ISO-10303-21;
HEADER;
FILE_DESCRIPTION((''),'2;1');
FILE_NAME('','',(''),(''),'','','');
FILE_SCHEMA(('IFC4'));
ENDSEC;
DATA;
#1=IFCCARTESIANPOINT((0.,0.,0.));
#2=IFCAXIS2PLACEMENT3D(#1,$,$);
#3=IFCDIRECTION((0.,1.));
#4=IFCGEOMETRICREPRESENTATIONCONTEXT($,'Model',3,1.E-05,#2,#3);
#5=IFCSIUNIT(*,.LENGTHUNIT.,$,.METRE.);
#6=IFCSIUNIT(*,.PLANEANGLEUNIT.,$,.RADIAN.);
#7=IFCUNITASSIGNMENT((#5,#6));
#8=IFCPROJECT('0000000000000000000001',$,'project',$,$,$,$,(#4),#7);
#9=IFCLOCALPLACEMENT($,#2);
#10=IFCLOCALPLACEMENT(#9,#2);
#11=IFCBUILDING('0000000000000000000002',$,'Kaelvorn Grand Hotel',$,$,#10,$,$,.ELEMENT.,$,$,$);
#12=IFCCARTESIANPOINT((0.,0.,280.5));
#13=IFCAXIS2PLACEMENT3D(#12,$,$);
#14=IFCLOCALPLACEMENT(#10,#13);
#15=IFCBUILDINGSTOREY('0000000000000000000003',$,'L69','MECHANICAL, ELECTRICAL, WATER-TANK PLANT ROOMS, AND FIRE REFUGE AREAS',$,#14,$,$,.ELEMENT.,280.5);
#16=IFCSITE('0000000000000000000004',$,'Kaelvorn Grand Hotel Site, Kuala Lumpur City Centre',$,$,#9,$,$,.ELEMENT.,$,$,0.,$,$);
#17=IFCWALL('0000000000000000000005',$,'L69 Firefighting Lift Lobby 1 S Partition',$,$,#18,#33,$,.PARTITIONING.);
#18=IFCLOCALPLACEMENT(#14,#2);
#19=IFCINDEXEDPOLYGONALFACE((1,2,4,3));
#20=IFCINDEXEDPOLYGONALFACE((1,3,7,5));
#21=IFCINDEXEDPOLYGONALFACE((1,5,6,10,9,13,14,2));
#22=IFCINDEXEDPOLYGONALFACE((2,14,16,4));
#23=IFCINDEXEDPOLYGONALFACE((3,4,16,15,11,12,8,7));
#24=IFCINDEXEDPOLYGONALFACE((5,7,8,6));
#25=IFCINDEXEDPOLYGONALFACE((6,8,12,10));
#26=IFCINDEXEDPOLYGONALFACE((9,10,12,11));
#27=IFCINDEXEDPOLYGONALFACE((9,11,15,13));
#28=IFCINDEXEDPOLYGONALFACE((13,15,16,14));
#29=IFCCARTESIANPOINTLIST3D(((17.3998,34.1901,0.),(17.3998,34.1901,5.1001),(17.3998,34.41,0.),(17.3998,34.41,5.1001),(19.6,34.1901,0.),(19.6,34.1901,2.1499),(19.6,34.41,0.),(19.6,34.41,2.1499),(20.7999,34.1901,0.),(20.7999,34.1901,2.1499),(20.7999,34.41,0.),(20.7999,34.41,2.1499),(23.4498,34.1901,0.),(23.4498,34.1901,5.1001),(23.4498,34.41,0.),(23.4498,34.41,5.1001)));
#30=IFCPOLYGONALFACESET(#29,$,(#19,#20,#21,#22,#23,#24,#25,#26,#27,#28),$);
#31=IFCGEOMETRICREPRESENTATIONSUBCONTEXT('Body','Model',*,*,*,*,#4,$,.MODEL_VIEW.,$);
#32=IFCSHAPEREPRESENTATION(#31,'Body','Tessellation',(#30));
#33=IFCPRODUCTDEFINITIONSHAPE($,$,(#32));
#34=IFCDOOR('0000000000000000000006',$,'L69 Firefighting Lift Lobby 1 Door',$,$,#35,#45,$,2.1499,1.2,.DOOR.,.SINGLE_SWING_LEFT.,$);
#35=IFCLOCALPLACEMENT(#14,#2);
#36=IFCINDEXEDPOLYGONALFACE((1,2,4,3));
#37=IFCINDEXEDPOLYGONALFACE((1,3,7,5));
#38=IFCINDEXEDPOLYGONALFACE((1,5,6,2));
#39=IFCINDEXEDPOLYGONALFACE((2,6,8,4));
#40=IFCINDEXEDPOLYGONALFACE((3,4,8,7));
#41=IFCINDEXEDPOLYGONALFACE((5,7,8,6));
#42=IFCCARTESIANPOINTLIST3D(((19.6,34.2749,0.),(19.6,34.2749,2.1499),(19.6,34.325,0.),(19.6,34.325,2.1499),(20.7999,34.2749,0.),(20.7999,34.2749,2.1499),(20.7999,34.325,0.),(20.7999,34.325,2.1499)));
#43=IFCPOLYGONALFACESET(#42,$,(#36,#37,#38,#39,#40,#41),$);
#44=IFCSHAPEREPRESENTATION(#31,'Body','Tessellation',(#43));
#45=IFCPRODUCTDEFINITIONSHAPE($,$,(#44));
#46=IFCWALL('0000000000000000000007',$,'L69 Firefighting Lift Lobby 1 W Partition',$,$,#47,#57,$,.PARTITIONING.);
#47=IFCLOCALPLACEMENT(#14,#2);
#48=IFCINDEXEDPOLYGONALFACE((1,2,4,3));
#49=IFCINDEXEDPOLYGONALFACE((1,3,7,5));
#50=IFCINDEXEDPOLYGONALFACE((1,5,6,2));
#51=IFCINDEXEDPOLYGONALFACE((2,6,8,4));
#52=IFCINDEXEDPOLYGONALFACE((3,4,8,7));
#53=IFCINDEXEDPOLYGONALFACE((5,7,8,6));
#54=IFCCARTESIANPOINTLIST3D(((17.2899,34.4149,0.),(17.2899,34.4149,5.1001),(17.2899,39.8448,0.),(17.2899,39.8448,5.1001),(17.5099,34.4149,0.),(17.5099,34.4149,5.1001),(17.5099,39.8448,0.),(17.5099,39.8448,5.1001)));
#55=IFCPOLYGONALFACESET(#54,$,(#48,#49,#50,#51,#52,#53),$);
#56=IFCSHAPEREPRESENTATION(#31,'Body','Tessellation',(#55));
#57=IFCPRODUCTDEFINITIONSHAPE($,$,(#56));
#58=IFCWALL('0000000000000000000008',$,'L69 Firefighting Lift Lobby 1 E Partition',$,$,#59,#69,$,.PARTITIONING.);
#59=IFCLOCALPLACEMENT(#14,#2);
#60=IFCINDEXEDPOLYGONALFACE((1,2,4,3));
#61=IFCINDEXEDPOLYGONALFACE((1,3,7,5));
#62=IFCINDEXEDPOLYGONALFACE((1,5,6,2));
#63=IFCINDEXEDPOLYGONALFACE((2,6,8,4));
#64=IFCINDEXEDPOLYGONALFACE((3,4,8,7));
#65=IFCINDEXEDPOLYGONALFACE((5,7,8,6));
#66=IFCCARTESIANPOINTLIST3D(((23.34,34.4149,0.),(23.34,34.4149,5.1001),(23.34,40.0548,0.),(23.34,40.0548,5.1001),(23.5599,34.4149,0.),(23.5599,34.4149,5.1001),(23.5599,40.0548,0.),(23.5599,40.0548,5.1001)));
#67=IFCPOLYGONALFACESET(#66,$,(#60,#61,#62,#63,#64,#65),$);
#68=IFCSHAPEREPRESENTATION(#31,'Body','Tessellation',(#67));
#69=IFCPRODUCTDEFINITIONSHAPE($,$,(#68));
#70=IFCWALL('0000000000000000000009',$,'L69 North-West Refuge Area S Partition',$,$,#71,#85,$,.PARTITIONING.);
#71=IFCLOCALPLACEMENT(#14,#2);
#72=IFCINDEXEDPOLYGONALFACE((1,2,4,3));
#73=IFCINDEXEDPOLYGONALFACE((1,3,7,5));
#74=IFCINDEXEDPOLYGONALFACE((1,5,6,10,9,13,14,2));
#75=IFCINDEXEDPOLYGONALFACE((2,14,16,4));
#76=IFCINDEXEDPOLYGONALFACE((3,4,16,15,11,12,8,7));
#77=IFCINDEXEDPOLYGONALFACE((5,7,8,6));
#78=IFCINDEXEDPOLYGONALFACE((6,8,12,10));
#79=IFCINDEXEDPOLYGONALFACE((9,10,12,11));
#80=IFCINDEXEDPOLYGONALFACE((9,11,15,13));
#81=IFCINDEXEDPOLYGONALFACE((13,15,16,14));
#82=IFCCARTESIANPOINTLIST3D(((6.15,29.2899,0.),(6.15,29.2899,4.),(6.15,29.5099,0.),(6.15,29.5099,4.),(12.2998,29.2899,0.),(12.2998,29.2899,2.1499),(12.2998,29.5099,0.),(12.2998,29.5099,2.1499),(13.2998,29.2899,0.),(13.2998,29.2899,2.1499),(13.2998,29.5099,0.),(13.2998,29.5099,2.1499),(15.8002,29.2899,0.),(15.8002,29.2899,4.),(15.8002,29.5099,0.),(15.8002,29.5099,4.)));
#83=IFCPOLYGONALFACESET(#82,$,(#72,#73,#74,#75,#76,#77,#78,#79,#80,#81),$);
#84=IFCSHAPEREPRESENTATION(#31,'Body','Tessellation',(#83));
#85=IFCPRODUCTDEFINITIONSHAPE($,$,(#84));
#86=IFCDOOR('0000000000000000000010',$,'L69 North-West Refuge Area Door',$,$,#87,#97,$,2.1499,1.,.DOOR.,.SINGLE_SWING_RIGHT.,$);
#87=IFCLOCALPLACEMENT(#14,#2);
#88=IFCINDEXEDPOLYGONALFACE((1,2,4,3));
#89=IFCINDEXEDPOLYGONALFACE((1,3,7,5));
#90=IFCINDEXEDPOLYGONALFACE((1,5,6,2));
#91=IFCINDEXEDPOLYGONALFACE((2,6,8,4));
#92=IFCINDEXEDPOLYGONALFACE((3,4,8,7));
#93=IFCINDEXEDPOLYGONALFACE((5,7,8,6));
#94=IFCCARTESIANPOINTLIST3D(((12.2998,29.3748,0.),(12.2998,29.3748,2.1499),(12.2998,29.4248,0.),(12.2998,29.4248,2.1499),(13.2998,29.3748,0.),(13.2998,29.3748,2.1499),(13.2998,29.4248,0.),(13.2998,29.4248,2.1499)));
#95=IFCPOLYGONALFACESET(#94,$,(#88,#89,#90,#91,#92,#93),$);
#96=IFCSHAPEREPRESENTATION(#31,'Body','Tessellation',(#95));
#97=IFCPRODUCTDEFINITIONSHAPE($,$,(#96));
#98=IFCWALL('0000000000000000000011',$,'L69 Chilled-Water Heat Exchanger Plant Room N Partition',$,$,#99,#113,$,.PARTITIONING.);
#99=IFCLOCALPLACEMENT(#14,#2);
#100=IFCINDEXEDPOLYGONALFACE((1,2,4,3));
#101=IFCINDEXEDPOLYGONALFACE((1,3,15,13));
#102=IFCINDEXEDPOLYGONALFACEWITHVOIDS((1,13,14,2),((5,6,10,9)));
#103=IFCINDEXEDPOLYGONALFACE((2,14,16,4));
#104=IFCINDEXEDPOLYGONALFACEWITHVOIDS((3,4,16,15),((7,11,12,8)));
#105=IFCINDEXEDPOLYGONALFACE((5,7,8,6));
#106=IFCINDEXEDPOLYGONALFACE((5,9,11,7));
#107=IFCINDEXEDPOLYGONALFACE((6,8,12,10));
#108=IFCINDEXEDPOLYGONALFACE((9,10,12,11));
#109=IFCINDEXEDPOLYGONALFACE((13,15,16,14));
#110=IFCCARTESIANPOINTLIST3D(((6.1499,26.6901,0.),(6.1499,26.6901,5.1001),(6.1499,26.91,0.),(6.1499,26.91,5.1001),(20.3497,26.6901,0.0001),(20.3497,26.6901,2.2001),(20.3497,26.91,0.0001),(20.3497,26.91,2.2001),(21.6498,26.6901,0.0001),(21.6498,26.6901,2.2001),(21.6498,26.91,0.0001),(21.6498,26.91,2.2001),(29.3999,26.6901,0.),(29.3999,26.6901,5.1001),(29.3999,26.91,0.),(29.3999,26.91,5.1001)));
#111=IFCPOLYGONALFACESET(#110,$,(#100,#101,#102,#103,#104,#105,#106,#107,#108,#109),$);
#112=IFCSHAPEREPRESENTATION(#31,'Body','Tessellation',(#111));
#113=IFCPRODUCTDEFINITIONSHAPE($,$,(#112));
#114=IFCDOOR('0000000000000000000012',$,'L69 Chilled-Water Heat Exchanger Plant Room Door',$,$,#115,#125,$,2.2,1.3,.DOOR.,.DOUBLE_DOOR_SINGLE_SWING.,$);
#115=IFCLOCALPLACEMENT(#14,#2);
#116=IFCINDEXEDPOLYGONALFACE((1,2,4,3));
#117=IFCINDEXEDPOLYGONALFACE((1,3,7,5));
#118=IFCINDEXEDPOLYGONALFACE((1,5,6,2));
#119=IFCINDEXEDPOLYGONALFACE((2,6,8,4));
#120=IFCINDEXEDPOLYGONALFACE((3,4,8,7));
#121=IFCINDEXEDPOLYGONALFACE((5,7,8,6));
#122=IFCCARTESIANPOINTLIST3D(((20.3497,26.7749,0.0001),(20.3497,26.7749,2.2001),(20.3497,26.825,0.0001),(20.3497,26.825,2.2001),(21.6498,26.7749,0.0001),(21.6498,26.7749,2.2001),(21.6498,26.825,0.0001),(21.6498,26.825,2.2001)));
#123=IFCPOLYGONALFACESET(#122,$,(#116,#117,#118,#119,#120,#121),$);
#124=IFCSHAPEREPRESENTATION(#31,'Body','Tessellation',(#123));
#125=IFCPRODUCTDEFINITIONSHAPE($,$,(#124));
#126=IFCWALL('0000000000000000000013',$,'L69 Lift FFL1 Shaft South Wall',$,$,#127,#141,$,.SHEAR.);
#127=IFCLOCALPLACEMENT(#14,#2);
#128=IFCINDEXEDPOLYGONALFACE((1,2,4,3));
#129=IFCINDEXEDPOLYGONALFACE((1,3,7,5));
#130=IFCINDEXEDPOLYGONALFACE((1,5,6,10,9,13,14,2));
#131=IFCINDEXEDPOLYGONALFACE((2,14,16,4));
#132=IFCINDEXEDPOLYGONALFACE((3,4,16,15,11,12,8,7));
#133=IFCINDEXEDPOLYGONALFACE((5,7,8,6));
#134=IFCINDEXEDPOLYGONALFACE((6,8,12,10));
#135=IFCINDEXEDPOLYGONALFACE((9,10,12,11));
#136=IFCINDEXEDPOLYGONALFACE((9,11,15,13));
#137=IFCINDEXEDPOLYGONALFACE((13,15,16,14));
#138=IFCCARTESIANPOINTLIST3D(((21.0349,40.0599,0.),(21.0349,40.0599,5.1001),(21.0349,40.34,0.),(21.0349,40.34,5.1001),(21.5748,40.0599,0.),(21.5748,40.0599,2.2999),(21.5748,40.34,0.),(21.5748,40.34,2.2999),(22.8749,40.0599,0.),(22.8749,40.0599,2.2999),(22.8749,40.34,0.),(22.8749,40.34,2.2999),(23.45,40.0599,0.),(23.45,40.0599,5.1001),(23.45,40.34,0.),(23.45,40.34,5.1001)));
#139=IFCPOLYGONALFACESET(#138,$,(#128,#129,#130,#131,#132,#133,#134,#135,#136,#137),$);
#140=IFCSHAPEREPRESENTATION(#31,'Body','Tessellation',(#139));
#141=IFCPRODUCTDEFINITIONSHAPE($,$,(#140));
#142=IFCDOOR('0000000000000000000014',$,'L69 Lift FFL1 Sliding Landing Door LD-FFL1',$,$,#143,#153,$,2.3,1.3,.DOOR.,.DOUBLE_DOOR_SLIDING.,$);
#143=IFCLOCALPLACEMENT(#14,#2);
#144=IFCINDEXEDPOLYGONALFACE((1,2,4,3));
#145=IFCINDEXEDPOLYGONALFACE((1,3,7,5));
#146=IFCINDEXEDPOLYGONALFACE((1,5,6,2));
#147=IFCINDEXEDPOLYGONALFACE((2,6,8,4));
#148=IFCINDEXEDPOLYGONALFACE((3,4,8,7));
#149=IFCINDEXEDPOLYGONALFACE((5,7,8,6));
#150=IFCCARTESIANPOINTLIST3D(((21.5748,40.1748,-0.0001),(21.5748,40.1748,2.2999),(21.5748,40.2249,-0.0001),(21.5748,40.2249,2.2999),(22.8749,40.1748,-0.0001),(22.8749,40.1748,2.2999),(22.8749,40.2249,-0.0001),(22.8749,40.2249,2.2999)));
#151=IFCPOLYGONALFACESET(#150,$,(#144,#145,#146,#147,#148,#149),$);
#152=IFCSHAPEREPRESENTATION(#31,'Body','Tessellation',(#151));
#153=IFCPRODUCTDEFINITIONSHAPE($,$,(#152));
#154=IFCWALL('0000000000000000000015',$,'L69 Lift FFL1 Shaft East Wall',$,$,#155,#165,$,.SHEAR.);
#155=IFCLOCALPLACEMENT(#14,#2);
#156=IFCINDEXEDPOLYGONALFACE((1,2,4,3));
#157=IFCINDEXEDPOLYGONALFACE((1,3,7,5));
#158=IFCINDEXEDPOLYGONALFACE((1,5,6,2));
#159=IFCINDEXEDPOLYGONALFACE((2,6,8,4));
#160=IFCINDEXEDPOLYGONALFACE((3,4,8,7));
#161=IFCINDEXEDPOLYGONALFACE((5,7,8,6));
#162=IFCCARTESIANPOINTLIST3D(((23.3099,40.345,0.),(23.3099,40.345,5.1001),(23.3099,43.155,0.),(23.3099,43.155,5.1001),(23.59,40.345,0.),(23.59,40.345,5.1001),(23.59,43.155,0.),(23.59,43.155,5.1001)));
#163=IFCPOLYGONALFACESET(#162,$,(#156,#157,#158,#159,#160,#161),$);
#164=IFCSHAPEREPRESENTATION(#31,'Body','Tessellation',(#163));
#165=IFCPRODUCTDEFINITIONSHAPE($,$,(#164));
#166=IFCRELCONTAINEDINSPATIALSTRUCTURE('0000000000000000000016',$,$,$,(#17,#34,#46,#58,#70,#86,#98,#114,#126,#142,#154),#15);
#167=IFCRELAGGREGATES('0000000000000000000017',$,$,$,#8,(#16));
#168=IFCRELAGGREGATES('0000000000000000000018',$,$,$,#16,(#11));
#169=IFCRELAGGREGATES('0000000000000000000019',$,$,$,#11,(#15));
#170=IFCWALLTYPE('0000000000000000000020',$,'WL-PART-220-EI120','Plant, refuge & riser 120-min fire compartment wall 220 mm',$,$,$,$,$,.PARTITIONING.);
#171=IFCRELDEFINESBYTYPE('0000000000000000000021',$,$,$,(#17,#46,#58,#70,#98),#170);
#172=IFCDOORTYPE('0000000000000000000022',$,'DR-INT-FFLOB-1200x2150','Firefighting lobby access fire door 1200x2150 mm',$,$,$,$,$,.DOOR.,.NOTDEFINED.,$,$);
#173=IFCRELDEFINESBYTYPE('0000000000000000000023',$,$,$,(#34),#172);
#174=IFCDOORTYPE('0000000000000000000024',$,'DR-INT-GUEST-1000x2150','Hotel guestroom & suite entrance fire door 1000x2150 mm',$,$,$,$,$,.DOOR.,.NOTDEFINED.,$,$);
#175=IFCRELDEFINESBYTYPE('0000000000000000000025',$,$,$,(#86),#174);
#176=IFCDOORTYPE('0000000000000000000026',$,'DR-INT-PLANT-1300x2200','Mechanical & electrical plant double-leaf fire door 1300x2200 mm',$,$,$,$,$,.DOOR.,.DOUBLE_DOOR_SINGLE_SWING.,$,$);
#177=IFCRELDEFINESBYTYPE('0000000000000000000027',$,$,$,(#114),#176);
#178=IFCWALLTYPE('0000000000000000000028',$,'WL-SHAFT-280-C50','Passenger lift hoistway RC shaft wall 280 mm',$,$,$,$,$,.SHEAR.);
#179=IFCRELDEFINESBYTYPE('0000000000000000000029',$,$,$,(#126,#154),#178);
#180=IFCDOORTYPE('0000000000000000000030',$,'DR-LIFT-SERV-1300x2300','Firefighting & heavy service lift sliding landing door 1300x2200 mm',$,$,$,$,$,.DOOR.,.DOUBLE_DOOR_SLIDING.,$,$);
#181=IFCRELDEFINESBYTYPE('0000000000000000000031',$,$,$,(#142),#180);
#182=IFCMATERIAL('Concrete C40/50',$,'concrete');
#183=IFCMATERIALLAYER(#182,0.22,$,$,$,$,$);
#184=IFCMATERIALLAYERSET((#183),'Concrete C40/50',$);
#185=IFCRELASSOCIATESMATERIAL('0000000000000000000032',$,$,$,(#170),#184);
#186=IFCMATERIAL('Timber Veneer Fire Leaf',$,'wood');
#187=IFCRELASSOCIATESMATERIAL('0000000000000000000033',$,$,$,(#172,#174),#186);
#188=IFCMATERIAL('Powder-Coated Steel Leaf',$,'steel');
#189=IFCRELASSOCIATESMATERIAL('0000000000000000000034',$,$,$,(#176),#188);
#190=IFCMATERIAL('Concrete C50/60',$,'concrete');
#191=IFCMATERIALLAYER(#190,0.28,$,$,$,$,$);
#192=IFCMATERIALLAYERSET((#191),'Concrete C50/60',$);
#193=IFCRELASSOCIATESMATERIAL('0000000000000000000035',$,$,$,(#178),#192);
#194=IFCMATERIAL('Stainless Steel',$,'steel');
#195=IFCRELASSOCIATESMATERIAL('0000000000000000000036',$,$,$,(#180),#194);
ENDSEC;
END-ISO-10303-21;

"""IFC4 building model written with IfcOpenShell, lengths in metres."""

from ifc_helpers import new_model, si_unit, direction, frame, frame_2d, origin, place, context, subcontext, project, spatial, rectangle, extrude, material, layer, layer_set, type_object, element, fill, save


model = new_model("IFC4")

# Units and contexts
model_context = context("Model", 3, precision=1e-05, world=origin(), true_north=direction((0.0, 1.0)))
body_context = subcontext(model_context, "Body", "Model", "MODEL_VIEW")
ifc_project = project(units=[si_unit("LENGTHUNIT", "METRE"), si_unit("PLANEANGLEUNIT", "RADIAN")], contexts=[model_context])

# Site, building, storey
site_placement = place(None, origin())
site = spatial("IfcSite", under=ifc_project, at=site_placement, Name="Kaelvorn Grand Hotel Site, Kuala Lumpur City Centre", CompositionType="ELEMENT", RefElevation=0.0)
building_placement = place(site_placement, origin())
building = spatial("IfcBuilding", under=site, at=building_placement, Name="Kaelvorn Grand Hotel", CompositionType="ELEMENT")
storey_placement = place(building_placement, frame((0.0, 0.0, 280.5)))
storey = spatial("IfcBuildingStorey", under=building, at=storey_placement, Name="L69", Description="MECHANICAL, ELECTRICAL, WATER-TANK PLANT ROOMS, AND FIRE REFUGE AREAS", CompositionType="ELEMENT", Elevation=280.5)

# Shared definitions
ifc_material_1 = material(Name="Concrete C50/60", Category="concrete")

# Wall, opening, door
ifc_material_2 = material(Name="Concrete C40/50", Category="concrete")
ifc_layer_1 = layer(ifc_material_2, 0.22)
ifc_layer_set_1 = layer_set([ifc_layer_1], Name="Concrete C40/50")
wall_type_1 = type_object("IfcWallType", Name="WL-PART-220-EI120", Description="Plant, refuge & riser 120-min fire compartment wall 220 mm", PredefinedType="PARTITIONING", material=ifc_layer_set_1)
wall_1_placement = place(storey_placement, frame((17.3999, 34.3, 0.0), z_axis=(0.0, 0.0, 1.0), x_axis=(1.0, 0.0, 0.0)))
wall_1 = element("IfcWall", 1, at=wall_1_placement, inside=storey, type_object=wall_type_1, Name="L69 Firefighting Lift Lobby 1 S Partition", PredefinedType="PARTITIONING", context=body_context, shape_type="SweptSolid", body=[
    extrude(rectangle(XDim=6.05, YDim=0.22, at=frame_2d((3.0249, 0.0))), origin(), (0.0, 0.0, 1.0), 5.1001),
])
opening_1_placement = place(wall_1_placement, frame((2.2, 0.0, 0.0)))
opening_1 = element("IfcOpeningElement", 2, at=opening_1_placement, cuts=wall_1, PredefinedType="OPENING", context=body_context, shape_type="SweptSolid", body=[
    extrude(rectangle(XDim=1.2, YDim=2.1499, at=frame_2d((0.6001, 1.075))), frame((0.0, 0.1201, 0.0), z_axis=(0.0, -1.0, 0.0), x_axis=(1.0, 0.0, 0.0)), (0.0, 0.0, 1.0), 0.24),
])
ifc_material_3 = material(Name="Timber Veneer Fire Leaf", Category="wood")
door_type_1 = type_object("IfcDoorType", Name="DR-INT-FFLOB-1200x2150", Description="Firefighting lobby access fire door 1200x2150 mm", OperationType="NOTDEFINED", PredefinedType="DOOR", material=ifc_material_3)
door_1_placement = place(opening_1_placement, origin())
door_1 = element("IfcDoor", 3, at=door_1_placement, inside=storey, type_object=door_type_1, Name="L69 Firefighting Lift Lobby 1 Door", OperationType="SINGLE_SWING_LEFT", OverallHeight=2.1499, OverallWidth=1.2, PredefinedType="DOOR", context=body_context, shape_type="SweptSolid", body=[
    extrude(rectangle(XDim=1.2, YDim=2.1499, at=frame_2d((0.6001, 1.075))), frame((0.0, 0.0249, 0.0), z_axis=(0.0, -1.0, 0.0), x_axis=(1.0, 0.0, 0.0)), (0.0, 0.0, 1.0), 0.05),
])
fill(opening_1, door_1)

# Walls
wall_2_placement = place(storey_placement, frame((17.3999, 34.415, 0.0), z_axis=(0.0, 0.0, 1.0), x_axis=(0.0, 1.0, 0.0)))
element("IfcWall", 4, at=wall_2_placement, inside=storey, type_object=wall_type_1, Name="L69 Firefighting Lift Lobby 1 W Partition", PredefinedType="PARTITIONING", context=body_context, shape_type="SweptSolid", body=[
    extrude(rectangle(XDim=5.4299, YDim=0.22, at=frame_2d((2.7148, 0.0))), origin(), (0.0, 0.0, 1.0), 5.1001),
])
wall_3_placement = place(storey_placement, frame((23.45, 34.415, 0.0), z_axis=(0.0, 0.0, 1.0), x_axis=(0.0, 1.0, 0.0)))
element("IfcWall", 5, at=wall_3_placement, inside=storey, type_object=wall_type_1, Name="L69 Firefighting Lift Lobby 1 E Partition", PredefinedType="PARTITIONING", context=body_context, shape_type="SweptSolid", body=[
    extrude(rectangle(XDim=5.6399, YDim=0.22, at=frame_2d((2.8198, 0.0))), origin(), (0.0, 0.0, 1.0), 5.1001),
])

# Walls, openings, doors
wall_4_placement = place(storey_placement, frame((6.1499, 29.3999, 0.0), z_axis=(0.0, 0.0, 1.0), x_axis=(1.0, 0.0, 0.0)))
wall_4 = element("IfcWall", 6, at=wall_4_placement, inside=storey, type_object=wall_type_1, Name="L69 North-West Refuge Area S Partition", PredefinedType="PARTITIONING", context=body_context, shape_type="SweptSolid", body=[
    extrude(rectangle(XDim=9.6501, YDim=0.22, at=frame_2d((4.8252, 0.0))), origin(), (0.0, 0.0, 1.0), 4.0),
])
opening_2_placement = place(wall_4_placement, frame((6.1499, 0.0, 0.0)))
opening_2 = element("IfcOpeningElement", 7, at=opening_2_placement, cuts=wall_4, PredefinedType="OPENING", context=body_context, shape_type="SweptSolid", body=[
    extrude(rectangle(XDim=1.0, YDim=2.1499, at=frame_2d((0.5, 1.075))), frame((0.0, 0.1201, 0.0), z_axis=(0.0, -1.0, 0.0), x_axis=(1.0, 0.0, 0.0)), (0.0, 0.0, 1.0), 0.24),
])
door_type_2 = type_object("IfcDoorType", Name="DR-INT-GUEST-1000x2150", Description="Hotel guestroom & suite entrance fire door 1000x2150 mm", OperationType="NOTDEFINED", PredefinedType="DOOR", material=ifc_material_3)
door_2_placement = place(opening_2_placement, origin())
door_2 = element("IfcDoor", 8, at=door_2_placement, inside=storey, type_object=door_type_2, Name="L69 North-West Refuge Area Door", OperationType="SINGLE_SWING_RIGHT", OverallHeight=2.1499, OverallWidth=1.0, PredefinedType="DOOR", context=body_context, shape_type="SweptSolid", body=[
    extrude(rectangle(XDim=1.0, YDim=2.1499, at=frame_2d((0.5, 1.075))), frame((0.0, 0.0249, 0.0), z_axis=(0.0, -1.0, 0.0), x_axis=(1.0, 0.0, 0.0)), (0.0, 0.0, 1.0), 0.05),
])
fill(opening_2, door_2)
wall_5_placement = place(storey_placement, frame((6.1499, 26.8, 0.0), z_axis=(0.0, 0.0, 1.0), x_axis=(1.0, 0.0, 0.0)))
wall_5 = element("IfcWall", 9, at=wall_5_placement, inside=storey, type_object=wall_type_1, Name="L69 Chilled-Water Heat Exchanger Plant Room N Partition", PredefinedType="PARTITIONING", context=body_context, shape_type="SweptSolid", body=[
    extrude(rectangle(XDim=23.25, YDim=0.22, at=frame_2d((11.625, 0.0))), origin(), (0.0, 0.0, 1.0), 5.1001),
])
opening_3_placement = place(wall_5_placement, frame((14.2, 0.0, 0.0)))
opening_3 = element("IfcOpeningElement", 10, at=opening_3_placement, cuts=wall_5, PredefinedType="OPENING", context=body_context, shape_type="SweptSolid", body=[
    extrude(rectangle(XDim=1.3, YDim=2.2, at=frame_2d((0.6499, 1.1001))), frame((0.0, 0.1201, 0.0), z_axis=(0.0, -1.0, 0.0), x_axis=(1.0, 0.0, 0.0)), (0.0, 0.0, 1.0), 0.24),
])
ifc_material_4 = material(Name="Powder-Coated Steel Leaf", Category="steel")
door_type_3 = type_object("IfcDoorType", Name="DR-INT-PLANT-1300x2200", Description="Mechanical & electrical plant double-leaf fire door 1300x2200 mm", OperationType="DOUBLE_DOOR_SINGLE_SWING", PredefinedType="DOOR", material=ifc_material_4)
door_3_placement = place(opening_3_placement, origin())
door_3 = element("IfcDoor", 11, at=door_3_placement, inside=storey, type_object=door_type_3, Name="L69 Chilled-Water Heat Exchanger Plant Room Door", OperationType="DOUBLE_DOOR_SINGLE_SWING", OverallHeight=2.2, OverallWidth=1.3, PredefinedType="DOOR", context=body_context, shape_type="SweptSolid", body=[
    extrude(rectangle(XDim=1.3, YDim=2.2, at=frame_2d((0.6499, 1.1001))), frame((0.0, 0.0249, 0.0), z_axis=(0.0, -1.0, 0.0), x_axis=(1.0, 0.0, 0.0)), (0.0, 0.0, 1.0), 0.05),
])
fill(opening_3, door_3)
ifc_layer_2 = layer(ifc_material_1, 0.28)
ifc_layer_set_2 = layer_set([ifc_layer_2], Name="Concrete C50/60")
wall_type_2 = type_object("IfcWallType", Name="WL-SHAFT-280-C50", Description="Passenger lift hoistway RC shaft wall 280 mm", PredefinedType="SHEAR", material=ifc_layer_set_2)
wall_6_placement = place(storey_placement, frame((21.0349, 40.2, 0.0), z_axis=(0.0, 0.0, 1.0), x_axis=(1.0, 0.0, 0.0)))
wall_6 = element("IfcWall", 12, at=wall_6_placement, inside=storey, type_object=wall_type_2, Name="L69 Lift FFL1 Shaft South Wall", PredefinedType="SHEAR", context=body_context, shape_type="SweptSolid", body=[
    extrude(rectangle(XDim=2.415, YDim=0.28, at=frame_2d((1.2075, 0.0))), origin(), (0.0, 0.0, 1.0), 5.1001),
])
opening_4_placement = place(wall_6_placement, frame((0.54, 0.0, 0.0)))
opening_4 = element("IfcOpeningElement", 13, at=opening_4_placement, cuts=wall_6, PredefinedType="OPENING", context=body_context, shape_type="SweptSolid", body=[
    extrude(rectangle(XDim=1.3, YDim=2.3, at=frame_2d((0.6499, 1.1499))), frame((0.0, 0.1499, 0.0), z_axis=(0.0, -1.0, 0.0), x_axis=(1.0, 0.0, 0.0)), (0.0, 0.0, 1.0), 0.3),
])
ifc_material_5 = material(Name="Stainless Steel", Category="steel")
door_type_4 = type_object("IfcDoorType", Name="DR-LIFT-SERV-1300x2300", Description="Firefighting & heavy service lift sliding landing door 1300x2200 mm", OperationType="DOUBLE_DOOR_SLIDING", PredefinedType="DOOR", material=ifc_material_5)
door_4_placement = place(opening_4_placement, origin())
door_4 = element("IfcDoor", 14, at=door_4_placement, inside=storey, type_object=door_type_4, Name="L69 Lift FFL1 Sliding Landing Door LD-FFL1", OperationType="DOUBLE_DOOR_SLIDING", OverallHeight=2.3, OverallWidth=1.3, PredefinedType="DOOR", context=body_context, shape_type="SweptSolid", body=[
    extrude(rectangle(XDim=1.3, YDim=2.3, at=frame_2d((0.6499, 1.1499))), frame((0.0, 0.0249, 0.0), z_axis=(0.0, -1.0, 0.0), x_axis=(1.0, 0.0, 0.0)), (0.0, 0.0, 1.0), 0.05),
])
fill(opening_4, door_4)

# Wall
wall_7_placement = place(storey_placement, frame((23.45, 40.345, 0.0), z_axis=(0.0, 0.0, 1.0), x_axis=(0.0, 1.0, 0.0)))
element("IfcWall", 15, at=wall_7_placement, inside=storey, type_object=wall_type_2, Name="L69 Lift FFL1 Shaft East Wall", PredefinedType="SHEAR", context=body_context, shape_type="SweptSolid", body=[
    extrude(rectangle(XDim=2.8101, YDim=0.28, at=frame_2d((1.405, 0.0))), origin(), (0.0, 0.0, 1.0), 5.1001),
])

save(model, "model.ifc")
